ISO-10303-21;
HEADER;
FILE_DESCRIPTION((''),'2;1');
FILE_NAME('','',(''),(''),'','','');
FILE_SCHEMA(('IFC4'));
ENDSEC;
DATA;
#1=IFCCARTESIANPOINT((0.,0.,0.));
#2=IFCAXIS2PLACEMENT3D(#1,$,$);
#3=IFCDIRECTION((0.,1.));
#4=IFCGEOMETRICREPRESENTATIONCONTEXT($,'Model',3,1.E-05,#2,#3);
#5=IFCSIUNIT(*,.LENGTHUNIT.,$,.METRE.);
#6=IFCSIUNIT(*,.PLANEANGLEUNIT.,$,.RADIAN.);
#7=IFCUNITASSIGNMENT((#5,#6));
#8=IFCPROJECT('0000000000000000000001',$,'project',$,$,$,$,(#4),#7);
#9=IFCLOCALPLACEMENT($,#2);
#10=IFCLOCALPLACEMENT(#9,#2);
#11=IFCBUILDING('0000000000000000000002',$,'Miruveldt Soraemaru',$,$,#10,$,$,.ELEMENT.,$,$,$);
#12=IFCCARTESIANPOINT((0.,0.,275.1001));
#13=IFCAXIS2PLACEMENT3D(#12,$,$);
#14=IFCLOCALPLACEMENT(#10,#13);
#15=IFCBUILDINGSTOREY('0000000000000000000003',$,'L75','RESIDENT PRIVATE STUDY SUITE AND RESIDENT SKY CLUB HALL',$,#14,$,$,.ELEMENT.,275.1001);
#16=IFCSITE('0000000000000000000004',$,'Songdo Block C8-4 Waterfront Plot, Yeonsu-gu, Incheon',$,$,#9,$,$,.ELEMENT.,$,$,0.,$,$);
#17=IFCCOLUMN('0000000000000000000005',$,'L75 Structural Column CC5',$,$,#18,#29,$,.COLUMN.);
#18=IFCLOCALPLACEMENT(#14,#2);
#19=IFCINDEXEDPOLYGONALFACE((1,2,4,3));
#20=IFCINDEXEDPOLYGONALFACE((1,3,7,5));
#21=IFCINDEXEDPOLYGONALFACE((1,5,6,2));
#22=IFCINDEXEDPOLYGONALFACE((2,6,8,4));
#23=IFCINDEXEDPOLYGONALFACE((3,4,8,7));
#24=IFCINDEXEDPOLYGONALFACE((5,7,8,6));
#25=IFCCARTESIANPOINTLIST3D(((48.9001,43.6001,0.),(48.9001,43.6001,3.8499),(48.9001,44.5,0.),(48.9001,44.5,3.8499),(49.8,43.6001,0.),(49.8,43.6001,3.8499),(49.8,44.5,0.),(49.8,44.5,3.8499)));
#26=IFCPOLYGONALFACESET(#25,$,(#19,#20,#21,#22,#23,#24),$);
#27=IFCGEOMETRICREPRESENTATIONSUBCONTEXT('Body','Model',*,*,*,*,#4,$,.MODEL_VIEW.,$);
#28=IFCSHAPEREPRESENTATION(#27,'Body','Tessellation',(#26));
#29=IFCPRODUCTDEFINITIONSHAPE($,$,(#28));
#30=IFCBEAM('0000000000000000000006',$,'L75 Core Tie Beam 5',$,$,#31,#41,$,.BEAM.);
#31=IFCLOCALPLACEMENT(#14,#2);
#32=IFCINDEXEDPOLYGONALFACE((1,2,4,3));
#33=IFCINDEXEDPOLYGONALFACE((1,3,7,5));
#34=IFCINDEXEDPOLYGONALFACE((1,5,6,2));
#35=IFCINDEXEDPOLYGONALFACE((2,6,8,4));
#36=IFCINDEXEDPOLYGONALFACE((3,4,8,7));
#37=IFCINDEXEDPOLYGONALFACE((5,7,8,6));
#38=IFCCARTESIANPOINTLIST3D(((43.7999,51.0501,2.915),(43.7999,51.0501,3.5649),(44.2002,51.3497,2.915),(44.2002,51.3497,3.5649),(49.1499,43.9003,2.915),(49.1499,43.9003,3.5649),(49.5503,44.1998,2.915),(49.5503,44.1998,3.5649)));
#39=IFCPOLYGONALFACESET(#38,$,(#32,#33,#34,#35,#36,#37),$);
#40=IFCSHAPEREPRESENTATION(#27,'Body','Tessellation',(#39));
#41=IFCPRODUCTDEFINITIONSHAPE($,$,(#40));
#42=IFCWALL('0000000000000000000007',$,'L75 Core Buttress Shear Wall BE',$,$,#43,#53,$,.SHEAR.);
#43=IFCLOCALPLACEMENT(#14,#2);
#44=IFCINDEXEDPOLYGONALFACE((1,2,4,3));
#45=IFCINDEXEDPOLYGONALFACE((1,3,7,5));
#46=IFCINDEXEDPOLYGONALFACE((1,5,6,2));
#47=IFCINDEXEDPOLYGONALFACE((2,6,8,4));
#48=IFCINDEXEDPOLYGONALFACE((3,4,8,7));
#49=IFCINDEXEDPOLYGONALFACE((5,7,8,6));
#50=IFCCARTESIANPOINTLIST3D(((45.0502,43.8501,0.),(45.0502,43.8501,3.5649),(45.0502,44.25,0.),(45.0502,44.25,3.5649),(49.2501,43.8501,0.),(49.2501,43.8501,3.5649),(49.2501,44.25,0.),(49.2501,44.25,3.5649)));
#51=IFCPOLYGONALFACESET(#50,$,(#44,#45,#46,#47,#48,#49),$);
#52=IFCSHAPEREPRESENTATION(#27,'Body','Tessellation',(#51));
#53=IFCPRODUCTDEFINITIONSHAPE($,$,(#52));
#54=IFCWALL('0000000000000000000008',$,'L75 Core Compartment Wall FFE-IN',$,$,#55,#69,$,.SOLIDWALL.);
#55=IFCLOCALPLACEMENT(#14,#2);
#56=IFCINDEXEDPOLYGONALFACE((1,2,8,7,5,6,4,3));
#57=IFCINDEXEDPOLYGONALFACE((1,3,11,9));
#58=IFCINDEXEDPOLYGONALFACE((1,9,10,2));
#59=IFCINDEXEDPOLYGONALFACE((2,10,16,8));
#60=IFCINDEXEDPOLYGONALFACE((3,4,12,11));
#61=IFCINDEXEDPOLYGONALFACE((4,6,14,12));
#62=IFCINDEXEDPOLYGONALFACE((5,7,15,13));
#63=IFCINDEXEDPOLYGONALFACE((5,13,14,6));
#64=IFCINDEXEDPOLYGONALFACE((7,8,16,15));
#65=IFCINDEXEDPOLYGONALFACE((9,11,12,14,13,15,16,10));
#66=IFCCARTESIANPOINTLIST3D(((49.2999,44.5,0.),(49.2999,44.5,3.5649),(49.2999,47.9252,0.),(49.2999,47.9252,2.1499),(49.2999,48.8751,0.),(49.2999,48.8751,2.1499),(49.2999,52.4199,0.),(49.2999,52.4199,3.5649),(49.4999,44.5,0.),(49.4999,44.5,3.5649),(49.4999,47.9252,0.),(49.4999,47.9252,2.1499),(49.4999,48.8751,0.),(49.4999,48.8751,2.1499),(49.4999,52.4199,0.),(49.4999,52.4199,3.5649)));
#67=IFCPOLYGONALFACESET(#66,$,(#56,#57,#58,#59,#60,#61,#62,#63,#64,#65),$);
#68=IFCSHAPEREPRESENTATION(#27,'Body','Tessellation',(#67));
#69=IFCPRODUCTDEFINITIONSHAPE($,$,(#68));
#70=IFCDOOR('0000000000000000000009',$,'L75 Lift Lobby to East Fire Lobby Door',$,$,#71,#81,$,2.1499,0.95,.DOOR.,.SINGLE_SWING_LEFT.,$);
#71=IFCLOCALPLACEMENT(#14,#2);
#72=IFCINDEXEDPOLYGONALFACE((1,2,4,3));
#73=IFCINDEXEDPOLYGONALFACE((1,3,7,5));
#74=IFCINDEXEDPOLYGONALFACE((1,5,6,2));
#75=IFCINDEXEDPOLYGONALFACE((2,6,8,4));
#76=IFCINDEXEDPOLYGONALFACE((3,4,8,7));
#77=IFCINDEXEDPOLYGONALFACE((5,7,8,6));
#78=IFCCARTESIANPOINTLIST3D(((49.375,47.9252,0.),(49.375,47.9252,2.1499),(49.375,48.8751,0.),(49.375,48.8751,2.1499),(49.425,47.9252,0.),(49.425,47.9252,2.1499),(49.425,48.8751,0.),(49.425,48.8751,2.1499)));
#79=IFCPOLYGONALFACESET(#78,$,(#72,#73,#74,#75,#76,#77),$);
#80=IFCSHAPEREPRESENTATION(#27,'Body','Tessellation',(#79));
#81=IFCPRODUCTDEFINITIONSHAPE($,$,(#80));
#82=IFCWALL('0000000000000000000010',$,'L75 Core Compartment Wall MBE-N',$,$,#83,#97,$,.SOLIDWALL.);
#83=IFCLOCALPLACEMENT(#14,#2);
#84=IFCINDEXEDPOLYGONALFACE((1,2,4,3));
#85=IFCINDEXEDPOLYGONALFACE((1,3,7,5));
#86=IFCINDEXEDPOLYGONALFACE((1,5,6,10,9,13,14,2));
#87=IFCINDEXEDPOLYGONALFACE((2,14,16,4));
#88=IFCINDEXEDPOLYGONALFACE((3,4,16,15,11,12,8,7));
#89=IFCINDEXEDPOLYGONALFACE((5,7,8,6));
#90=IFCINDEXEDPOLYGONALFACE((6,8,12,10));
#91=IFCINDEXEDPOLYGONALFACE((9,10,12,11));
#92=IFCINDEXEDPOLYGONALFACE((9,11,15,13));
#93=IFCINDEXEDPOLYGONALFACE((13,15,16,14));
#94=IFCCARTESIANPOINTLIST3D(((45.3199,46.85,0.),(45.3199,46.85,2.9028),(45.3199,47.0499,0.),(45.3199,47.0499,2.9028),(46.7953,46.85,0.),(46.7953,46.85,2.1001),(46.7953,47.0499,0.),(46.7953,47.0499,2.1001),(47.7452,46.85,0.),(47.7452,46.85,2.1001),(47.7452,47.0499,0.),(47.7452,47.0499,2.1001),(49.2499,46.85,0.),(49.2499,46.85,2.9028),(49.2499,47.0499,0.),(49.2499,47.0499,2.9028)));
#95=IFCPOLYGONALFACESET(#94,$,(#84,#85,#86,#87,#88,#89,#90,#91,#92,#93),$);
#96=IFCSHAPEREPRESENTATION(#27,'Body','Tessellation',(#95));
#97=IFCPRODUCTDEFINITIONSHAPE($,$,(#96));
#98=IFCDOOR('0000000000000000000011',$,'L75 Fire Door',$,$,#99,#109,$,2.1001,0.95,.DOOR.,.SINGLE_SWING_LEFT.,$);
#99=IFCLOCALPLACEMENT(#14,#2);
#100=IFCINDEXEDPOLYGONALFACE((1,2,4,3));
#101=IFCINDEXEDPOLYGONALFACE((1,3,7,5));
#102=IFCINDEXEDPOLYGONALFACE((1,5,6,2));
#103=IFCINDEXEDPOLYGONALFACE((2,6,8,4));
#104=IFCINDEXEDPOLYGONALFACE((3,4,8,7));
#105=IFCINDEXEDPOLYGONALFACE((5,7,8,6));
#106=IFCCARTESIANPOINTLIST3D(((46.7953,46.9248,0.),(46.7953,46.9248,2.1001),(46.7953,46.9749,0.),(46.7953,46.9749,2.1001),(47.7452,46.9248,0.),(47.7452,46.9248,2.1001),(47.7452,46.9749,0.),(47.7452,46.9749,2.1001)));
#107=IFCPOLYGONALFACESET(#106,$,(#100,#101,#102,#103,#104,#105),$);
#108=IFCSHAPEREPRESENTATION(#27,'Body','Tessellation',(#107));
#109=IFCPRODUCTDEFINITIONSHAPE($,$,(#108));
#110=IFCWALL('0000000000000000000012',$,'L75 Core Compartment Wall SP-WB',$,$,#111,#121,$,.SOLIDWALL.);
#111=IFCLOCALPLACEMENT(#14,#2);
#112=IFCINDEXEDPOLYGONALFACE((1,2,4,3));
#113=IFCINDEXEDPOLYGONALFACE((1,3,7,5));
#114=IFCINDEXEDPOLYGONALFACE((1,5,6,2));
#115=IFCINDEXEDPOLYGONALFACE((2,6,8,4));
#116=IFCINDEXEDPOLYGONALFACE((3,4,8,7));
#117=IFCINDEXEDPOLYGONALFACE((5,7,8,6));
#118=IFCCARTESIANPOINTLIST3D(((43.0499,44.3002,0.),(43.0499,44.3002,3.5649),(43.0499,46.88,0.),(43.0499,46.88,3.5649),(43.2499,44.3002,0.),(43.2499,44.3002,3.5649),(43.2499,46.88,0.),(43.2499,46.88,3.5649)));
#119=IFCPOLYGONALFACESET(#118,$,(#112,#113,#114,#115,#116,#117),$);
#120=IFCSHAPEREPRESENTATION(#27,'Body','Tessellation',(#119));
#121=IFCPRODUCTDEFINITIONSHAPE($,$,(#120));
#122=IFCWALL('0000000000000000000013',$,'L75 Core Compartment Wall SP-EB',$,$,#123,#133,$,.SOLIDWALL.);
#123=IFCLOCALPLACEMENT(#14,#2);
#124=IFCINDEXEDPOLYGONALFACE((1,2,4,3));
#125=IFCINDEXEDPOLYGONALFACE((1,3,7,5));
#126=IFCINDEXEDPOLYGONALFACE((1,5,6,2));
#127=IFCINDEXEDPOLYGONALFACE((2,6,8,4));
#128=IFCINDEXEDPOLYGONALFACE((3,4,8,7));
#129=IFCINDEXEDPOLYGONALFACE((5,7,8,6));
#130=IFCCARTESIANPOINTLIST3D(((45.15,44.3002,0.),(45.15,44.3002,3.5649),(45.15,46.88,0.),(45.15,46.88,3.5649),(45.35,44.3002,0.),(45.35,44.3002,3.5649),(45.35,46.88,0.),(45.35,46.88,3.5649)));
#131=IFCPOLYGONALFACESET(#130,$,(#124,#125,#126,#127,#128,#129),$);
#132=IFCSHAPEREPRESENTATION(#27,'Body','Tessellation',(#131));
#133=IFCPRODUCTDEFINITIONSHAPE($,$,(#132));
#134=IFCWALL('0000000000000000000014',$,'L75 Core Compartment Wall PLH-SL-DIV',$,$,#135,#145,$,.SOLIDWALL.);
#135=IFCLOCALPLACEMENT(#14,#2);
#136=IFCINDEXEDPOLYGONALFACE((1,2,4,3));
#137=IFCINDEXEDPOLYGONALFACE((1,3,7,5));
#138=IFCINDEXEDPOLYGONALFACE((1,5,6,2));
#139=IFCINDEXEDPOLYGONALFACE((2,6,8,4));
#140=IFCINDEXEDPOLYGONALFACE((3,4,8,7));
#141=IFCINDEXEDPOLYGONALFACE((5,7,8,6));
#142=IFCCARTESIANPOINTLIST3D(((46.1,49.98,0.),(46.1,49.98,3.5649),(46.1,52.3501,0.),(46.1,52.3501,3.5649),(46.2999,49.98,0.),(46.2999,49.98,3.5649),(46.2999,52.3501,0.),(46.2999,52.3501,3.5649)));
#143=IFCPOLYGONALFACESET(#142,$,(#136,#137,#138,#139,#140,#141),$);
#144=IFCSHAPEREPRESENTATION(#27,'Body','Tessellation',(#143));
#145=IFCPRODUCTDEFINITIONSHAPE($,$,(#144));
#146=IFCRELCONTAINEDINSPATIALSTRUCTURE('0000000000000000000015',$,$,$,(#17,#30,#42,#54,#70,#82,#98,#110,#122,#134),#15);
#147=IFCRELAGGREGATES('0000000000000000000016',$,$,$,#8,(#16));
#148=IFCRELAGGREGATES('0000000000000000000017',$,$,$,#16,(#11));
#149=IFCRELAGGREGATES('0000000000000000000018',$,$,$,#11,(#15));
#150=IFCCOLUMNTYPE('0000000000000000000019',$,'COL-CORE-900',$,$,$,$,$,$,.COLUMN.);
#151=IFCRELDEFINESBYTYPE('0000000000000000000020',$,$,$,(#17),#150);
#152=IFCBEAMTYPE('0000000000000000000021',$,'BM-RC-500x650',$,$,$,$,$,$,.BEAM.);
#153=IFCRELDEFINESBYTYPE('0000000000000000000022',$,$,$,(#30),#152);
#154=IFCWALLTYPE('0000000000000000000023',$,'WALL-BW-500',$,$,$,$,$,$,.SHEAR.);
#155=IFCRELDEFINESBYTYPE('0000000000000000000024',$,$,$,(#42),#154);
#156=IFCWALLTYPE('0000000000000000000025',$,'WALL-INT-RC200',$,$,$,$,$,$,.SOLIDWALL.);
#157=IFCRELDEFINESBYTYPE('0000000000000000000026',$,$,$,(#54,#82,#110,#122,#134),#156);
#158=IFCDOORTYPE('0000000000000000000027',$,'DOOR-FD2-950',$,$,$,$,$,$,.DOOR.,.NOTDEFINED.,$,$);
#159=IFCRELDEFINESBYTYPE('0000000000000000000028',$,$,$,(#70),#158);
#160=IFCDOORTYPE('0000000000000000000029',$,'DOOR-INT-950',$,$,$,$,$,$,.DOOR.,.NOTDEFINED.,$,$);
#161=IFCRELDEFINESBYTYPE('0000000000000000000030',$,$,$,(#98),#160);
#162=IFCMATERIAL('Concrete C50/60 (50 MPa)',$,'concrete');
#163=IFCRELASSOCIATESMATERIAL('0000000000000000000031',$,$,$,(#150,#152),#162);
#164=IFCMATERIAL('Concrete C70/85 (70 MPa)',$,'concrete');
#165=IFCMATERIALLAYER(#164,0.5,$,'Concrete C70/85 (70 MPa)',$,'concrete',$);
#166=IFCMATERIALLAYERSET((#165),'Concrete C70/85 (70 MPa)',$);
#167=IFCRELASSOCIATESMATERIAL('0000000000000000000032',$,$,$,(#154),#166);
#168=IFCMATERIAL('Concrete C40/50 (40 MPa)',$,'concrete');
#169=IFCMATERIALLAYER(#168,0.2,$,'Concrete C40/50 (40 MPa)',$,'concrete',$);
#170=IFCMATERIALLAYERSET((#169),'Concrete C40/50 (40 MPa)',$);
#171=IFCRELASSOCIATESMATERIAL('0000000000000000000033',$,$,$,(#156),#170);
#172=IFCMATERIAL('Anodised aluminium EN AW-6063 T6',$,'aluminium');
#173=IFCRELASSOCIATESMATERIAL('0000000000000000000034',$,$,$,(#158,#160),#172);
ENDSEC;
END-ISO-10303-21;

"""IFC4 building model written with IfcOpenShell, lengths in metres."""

from ifc_helpers import new_model, si_unit, direction, frame, frame_2d, origin, origin_2d, place, context, subcontext, project, spatial, rectangle, extrude, material, layer, layer_set, material_profile, profile_set, type_object, element, fill, save


model = new_model("IFC4")

# Units and contexts
model_context = context("Model", 3, precision=1e-05, world=origin(), true_north=direction((0.0, 1.0)))
body_context = subcontext(model_context, "Body", "Model", "MODEL_VIEW")
ifc_project = project(units=[si_unit("LENGTHUNIT", "METRE"), si_unit("PLANEANGLEUNIT", "RADIAN")], contexts=[model_context])

# Site, building, storey
site_placement = place(None, origin())
site = spatial("IfcSite", under=ifc_project, at=site_placement, Name="Songdo Block C8-4 Waterfront Plot, Yeonsu-gu, Incheon", CompositionType="ELEMENT", RefElevation=0.0)
building_placement = place(site_placement, origin())
building = spatial("IfcBuilding", under=site, at=building_placement, Name="Miruveldt Soraemaru", CompositionType="ELEMENT")
storey_placement = place(building_placement, frame((0.0, 0.0, 275.1001)))
storey = spatial("IfcBuildingStorey", under=building, at=storey_placement, Name="L75", Description="RESIDENT PRIVATE STUDY SUITE AND RESIDENT SKY CLUB HALL", CompositionType="ELEMENT", Elevation=275.1001)

# Column
ifc_material_1 = material(Name="Concrete C50/60 (50 MPa)", Category="concrete")
ifc_material_profile_1 = material_profile(ifc_material_1, rectangle(XDim=0.8999, YDim=0.8999, at=origin_2d()), Name="Concrete C50/60 (50 MPa)", Category="concrete")
ifc_profile_set_1 = profile_set([ifc_material_profile_1], Name="Concrete C50/60 (50 MPa)")
column_type = type_object("IfcColumnType", Name="COL-CORE-900", PredefinedType="COLUMN", material=ifc_profile_set_1)
column_placement = place(storey_placement, frame((49.3501, 44.05, 0.0), z_axis=(0.0, 0.0, 1.0), x_axis=(1.0, 0.0, 0.0)))
element("IfcColumn", 1, at=column_placement, inside=storey, type_object=column_type, Name="L75 Structural Column CC5", PredefinedType="COLUMN", context=body_context, shape_type="SweptSolid", body=[
    extrude(rectangle(XDim=0.8999, YDim=0.8999, at=origin_2d()), origin(), (0.0, 0.0, 1.0), 3.8499),
])

# Beam
ifc_material_profile_2 = material_profile(ifc_material_1, rectangle(XDim=0.5, YDim=0.6499, at=origin_2d()), Name="Concrete C50/60 (50 MPa)", Category="concrete")
ifc_profile_set_2 = profile_set([ifc_material_profile_2], Name="Concrete C50/60 (50 MPa)")
beam_type = type_object("IfcBeamType", Name="BM-RC-500x650", PredefinedType="BEAM", material=ifc_profile_set_2)
beam_placement = place(storey_placement, frame((49.3501, 44.05, 3.24), z_axis=(-0.599116, 0.800662, 0.0), x_axis=(-0.800662, -0.599116, 0.0)))
element("IfcBeam", 2, at=beam_placement, inside=storey, type_object=beam_type, Name="L75 Core Tie Beam 5", PredefinedType="BEAM", context=body_context, shape_type="SweptSolid", body=[
    extrude(rectangle(XDim=0.5, YDim=0.6499, at=origin_2d()), origin(), (0.0, 0.0, 1.0), 8.9299),
])

# Wall
ifc_material_2 = material(Name="Concrete C70/85 (70 MPa)", Category="concrete")
ifc_layer_1 = layer(ifc_material_2, 0.5, Name="Concrete C70/85 (70 MPa)", Category="concrete")
ifc_layer_set_1 = layer_set([ifc_layer_1], Name="Concrete C70/85 (70 MPa)")
wall_type_1 = type_object("IfcWallType", Name="WALL-BW-500", PredefinedType="SHEAR", material=ifc_layer_set_1)
wall_1_placement = place(storey_placement, frame((45.05, 44.05, 0.0), z_axis=(0.0, 0.0, 1.0), x_axis=(1.0, 0.0, 0.0)))
element("IfcWall", 3, at=wall_1_placement, inside=storey, type_object=wall_type_1, Name="L75 Core Buttress Shear Wall BE", PredefinedType="SHEAR", context=body_context, shape_type="SweptSolid", body=[
    extrude(rectangle(XDim=4.2, YDim=0.3999, at=frame_2d((2.1001, 0.0))), origin(), (0.0, 0.0, 1.0), 3.5649),
])

# Wall, opening, door
ifc_material_3 = material(Name="Concrete C40/50 (40 MPa)", Category="concrete")
ifc_layer_2 = layer(ifc_material_3, 0.2, Name="Concrete C40/50 (40 MPa)", Category="concrete")
ifc_layer_set_2 = layer_set([ifc_layer_2], Name="Concrete C40/50 (40 MPa)")
wall_type_2 = type_object("IfcWallType", Name="WALL-INT-RC200", PredefinedType="SOLIDWALL", material=ifc_layer_set_2)
wall_2_placement = place(storey_placement, frame((49.3999, 44.5, 0.0), z_axis=(0.0, 0.0, 1.0), x_axis=(0.0, 1.0, 0.0)))
wall_2 = element("IfcWall", 4, at=wall_2_placement, inside=storey, type_object=wall_type_2, Name="L75 Core Compartment Wall FFE-IN", PredefinedType="SOLIDWALL", context=body_context, shape_type="SweptSolid", body=[
    extrude(rectangle(XDim=7.9199, YDim=0.2, at=frame_2d((3.96, 0.0))), origin(), (0.0, 0.0, 1.0), 3.5649),
])
opening_1_placement = place(wall_2_placement, frame((3.425, 0.0, 0.0)))
opening_1 = element("IfcOpeningElement", 5, at=opening_1_placement, cuts=wall_2, PredefinedType="OPENING", context=body_context, shape_type="SweptSolid", body=[
    extrude(rectangle(XDim=0.95, YDim=2.1499, at=frame_2d((0.4751, 1.075))), frame((0.0, 0.1099, 0.0), z_axis=(0.0, -1.0, 0.0), x_axis=(1.0, 0.0, 0.0)), (0.0, 0.0, 1.0), 0.22),
])
ifc_material_4 = material(Name="Anodised aluminium EN AW-6063 T6", Category="aluminium")
door_type_1 = type_object("IfcDoorType", Name="DOOR-FD2-950", OperationType="NOTDEFINED", PredefinedType="DOOR", material=ifc_material_4)
door_1_placement = place(opening_1_placement, origin())
door_1 = element("IfcDoor", 6, at=door_1_placement, inside=storey, type_object=door_type_1, Name="L75 Lift Lobby to East Fire Lobby Door", OperationType="SINGLE_SWING_LEFT", OverallHeight=2.1499, OverallWidth=0.95, PredefinedType="DOOR", context=body_context, shape_type="SweptSolid", body=[
    extrude(rectangle(XDim=0.95, YDim=2.1499, at=frame_2d((0.4751, 1.075))), frame((0.0, 0.0249, 0.0), z_axis=(0.0, -1.0, 0.0), x_axis=(1.0, 0.0, 0.0)), (0.0, 0.0, 1.0), 0.05),
])
fill(opening_1, door_1)

# Wall, opening, door
wall_3_placement = place(storey_placement, frame((45.3201, 46.95, 0.0), z_axis=(0.0, 0.0, 1.0), x_axis=(1.0, 0.0, 0.0)))
wall_3 = element("IfcWall", 7, at=wall_3_placement, inside=storey, type_object=wall_type_2, Name="L75 Core Compartment Wall MBE-N", PredefinedType="SOLIDWALL", context=body_context, shape_type="SweptSolid", body=[
    extrude(rectangle(XDim=3.9299, YDim=0.2, at=frame_2d((1.9648, 0.0))), origin(), (0.0, 0.0, 1.0), 2.9028),
])
opening_2_placement = place(wall_3_placement, frame((1.4751, 0.0, 0.0)))
opening_2 = element("IfcOpeningElement", 8, at=opening_2_placement, cuts=wall_3, PredefinedType="OPENING", context=body_context, shape_type="SweptSolid", body=[
    extrude(rectangle(XDim=0.95, YDim=2.1001, at=frame_2d((0.4751, 1.05))), frame((0.0, 0.1099, 0.0), z_axis=(0.0, -1.0, 0.0), x_axis=(1.0, 0.0, 0.0)), (0.0, 0.0, 1.0), 0.22),
])
door_type_2 = type_object("IfcDoorType", Name="DOOR-INT-950", OperationType="NOTDEFINED", PredefinedType="DOOR", material=ifc_material_4)
door_2_placement = place(opening_2_placement, origin())
door_2 = element("IfcDoor", 9, at=door_2_placement, inside=storey, type_object=door_type_2, Name="L75 Fire Door", OperationType="SINGLE_SWING_LEFT", OverallHeight=2.1001, OverallWidth=0.95, PredefinedType="DOOR", context=body_context, shape_type="SweptSolid", body=[
    extrude(rectangle(XDim=0.95, YDim=2.1001, at=frame_2d((0.4751, 1.05))), frame((0.0, 0.0249, 0.0), z_axis=(0.0, -1.0, 0.0), x_axis=(1.0, 0.0, 0.0)), (0.0, 0.0, 1.0), 0.05),
])
fill(opening_2, door_2)

# Walls
for number, where, z_axis, x_axis, name in (
    (10, (43.1499, 44.3, 0.0), (0.0, 0.0, 1.0), (0.0, 1.0, 0.0), "L75 Core Compartment Wall SP-WB"),
    (11, (45.25, 44.3, 0.0), (0.0, 0.0, 1.0), (0.0, 1.0, 0.0), "L75 Core Compartment Wall SP-EB"),
):
    element("IfcWall", number, at=place(storey_placement, frame(where, z_axis=z_axis, x_axis=x_axis)), inside=storey, type_object=wall_type_2, Name=name, PredefinedType="SOLIDWALL", context=body_context, shape_type="SweptSolid", body=[
        extrude(rectangle(XDim=2.5798, YDim=0.2, at=frame_2d((1.29, 0.0))), origin(), (0.0, 0.0, 1.0), 3.5649),
    ])
wall_4_placement = place(storey_placement, frame((46.2, 49.98, 0.0), z_axis=(0.0, 0.0, 1.0), x_axis=(0.0, 1.0, 0.0)))
element("IfcWall", 12, at=wall_4_placement, inside=storey, type_object=wall_type_2, Name="L75 Core Compartment Wall PLH-SL-DIV", PredefinedType="SOLIDWALL", context=body_context, shape_type="SweptSolid", body=[
    extrude(rectangle(XDim=2.3701, YDim=0.2, at=frame_2d((1.1851, 0.0))), origin(), (0.0, 0.0, 1.0), 3.5649),
])

save(model, "model.ifc")
